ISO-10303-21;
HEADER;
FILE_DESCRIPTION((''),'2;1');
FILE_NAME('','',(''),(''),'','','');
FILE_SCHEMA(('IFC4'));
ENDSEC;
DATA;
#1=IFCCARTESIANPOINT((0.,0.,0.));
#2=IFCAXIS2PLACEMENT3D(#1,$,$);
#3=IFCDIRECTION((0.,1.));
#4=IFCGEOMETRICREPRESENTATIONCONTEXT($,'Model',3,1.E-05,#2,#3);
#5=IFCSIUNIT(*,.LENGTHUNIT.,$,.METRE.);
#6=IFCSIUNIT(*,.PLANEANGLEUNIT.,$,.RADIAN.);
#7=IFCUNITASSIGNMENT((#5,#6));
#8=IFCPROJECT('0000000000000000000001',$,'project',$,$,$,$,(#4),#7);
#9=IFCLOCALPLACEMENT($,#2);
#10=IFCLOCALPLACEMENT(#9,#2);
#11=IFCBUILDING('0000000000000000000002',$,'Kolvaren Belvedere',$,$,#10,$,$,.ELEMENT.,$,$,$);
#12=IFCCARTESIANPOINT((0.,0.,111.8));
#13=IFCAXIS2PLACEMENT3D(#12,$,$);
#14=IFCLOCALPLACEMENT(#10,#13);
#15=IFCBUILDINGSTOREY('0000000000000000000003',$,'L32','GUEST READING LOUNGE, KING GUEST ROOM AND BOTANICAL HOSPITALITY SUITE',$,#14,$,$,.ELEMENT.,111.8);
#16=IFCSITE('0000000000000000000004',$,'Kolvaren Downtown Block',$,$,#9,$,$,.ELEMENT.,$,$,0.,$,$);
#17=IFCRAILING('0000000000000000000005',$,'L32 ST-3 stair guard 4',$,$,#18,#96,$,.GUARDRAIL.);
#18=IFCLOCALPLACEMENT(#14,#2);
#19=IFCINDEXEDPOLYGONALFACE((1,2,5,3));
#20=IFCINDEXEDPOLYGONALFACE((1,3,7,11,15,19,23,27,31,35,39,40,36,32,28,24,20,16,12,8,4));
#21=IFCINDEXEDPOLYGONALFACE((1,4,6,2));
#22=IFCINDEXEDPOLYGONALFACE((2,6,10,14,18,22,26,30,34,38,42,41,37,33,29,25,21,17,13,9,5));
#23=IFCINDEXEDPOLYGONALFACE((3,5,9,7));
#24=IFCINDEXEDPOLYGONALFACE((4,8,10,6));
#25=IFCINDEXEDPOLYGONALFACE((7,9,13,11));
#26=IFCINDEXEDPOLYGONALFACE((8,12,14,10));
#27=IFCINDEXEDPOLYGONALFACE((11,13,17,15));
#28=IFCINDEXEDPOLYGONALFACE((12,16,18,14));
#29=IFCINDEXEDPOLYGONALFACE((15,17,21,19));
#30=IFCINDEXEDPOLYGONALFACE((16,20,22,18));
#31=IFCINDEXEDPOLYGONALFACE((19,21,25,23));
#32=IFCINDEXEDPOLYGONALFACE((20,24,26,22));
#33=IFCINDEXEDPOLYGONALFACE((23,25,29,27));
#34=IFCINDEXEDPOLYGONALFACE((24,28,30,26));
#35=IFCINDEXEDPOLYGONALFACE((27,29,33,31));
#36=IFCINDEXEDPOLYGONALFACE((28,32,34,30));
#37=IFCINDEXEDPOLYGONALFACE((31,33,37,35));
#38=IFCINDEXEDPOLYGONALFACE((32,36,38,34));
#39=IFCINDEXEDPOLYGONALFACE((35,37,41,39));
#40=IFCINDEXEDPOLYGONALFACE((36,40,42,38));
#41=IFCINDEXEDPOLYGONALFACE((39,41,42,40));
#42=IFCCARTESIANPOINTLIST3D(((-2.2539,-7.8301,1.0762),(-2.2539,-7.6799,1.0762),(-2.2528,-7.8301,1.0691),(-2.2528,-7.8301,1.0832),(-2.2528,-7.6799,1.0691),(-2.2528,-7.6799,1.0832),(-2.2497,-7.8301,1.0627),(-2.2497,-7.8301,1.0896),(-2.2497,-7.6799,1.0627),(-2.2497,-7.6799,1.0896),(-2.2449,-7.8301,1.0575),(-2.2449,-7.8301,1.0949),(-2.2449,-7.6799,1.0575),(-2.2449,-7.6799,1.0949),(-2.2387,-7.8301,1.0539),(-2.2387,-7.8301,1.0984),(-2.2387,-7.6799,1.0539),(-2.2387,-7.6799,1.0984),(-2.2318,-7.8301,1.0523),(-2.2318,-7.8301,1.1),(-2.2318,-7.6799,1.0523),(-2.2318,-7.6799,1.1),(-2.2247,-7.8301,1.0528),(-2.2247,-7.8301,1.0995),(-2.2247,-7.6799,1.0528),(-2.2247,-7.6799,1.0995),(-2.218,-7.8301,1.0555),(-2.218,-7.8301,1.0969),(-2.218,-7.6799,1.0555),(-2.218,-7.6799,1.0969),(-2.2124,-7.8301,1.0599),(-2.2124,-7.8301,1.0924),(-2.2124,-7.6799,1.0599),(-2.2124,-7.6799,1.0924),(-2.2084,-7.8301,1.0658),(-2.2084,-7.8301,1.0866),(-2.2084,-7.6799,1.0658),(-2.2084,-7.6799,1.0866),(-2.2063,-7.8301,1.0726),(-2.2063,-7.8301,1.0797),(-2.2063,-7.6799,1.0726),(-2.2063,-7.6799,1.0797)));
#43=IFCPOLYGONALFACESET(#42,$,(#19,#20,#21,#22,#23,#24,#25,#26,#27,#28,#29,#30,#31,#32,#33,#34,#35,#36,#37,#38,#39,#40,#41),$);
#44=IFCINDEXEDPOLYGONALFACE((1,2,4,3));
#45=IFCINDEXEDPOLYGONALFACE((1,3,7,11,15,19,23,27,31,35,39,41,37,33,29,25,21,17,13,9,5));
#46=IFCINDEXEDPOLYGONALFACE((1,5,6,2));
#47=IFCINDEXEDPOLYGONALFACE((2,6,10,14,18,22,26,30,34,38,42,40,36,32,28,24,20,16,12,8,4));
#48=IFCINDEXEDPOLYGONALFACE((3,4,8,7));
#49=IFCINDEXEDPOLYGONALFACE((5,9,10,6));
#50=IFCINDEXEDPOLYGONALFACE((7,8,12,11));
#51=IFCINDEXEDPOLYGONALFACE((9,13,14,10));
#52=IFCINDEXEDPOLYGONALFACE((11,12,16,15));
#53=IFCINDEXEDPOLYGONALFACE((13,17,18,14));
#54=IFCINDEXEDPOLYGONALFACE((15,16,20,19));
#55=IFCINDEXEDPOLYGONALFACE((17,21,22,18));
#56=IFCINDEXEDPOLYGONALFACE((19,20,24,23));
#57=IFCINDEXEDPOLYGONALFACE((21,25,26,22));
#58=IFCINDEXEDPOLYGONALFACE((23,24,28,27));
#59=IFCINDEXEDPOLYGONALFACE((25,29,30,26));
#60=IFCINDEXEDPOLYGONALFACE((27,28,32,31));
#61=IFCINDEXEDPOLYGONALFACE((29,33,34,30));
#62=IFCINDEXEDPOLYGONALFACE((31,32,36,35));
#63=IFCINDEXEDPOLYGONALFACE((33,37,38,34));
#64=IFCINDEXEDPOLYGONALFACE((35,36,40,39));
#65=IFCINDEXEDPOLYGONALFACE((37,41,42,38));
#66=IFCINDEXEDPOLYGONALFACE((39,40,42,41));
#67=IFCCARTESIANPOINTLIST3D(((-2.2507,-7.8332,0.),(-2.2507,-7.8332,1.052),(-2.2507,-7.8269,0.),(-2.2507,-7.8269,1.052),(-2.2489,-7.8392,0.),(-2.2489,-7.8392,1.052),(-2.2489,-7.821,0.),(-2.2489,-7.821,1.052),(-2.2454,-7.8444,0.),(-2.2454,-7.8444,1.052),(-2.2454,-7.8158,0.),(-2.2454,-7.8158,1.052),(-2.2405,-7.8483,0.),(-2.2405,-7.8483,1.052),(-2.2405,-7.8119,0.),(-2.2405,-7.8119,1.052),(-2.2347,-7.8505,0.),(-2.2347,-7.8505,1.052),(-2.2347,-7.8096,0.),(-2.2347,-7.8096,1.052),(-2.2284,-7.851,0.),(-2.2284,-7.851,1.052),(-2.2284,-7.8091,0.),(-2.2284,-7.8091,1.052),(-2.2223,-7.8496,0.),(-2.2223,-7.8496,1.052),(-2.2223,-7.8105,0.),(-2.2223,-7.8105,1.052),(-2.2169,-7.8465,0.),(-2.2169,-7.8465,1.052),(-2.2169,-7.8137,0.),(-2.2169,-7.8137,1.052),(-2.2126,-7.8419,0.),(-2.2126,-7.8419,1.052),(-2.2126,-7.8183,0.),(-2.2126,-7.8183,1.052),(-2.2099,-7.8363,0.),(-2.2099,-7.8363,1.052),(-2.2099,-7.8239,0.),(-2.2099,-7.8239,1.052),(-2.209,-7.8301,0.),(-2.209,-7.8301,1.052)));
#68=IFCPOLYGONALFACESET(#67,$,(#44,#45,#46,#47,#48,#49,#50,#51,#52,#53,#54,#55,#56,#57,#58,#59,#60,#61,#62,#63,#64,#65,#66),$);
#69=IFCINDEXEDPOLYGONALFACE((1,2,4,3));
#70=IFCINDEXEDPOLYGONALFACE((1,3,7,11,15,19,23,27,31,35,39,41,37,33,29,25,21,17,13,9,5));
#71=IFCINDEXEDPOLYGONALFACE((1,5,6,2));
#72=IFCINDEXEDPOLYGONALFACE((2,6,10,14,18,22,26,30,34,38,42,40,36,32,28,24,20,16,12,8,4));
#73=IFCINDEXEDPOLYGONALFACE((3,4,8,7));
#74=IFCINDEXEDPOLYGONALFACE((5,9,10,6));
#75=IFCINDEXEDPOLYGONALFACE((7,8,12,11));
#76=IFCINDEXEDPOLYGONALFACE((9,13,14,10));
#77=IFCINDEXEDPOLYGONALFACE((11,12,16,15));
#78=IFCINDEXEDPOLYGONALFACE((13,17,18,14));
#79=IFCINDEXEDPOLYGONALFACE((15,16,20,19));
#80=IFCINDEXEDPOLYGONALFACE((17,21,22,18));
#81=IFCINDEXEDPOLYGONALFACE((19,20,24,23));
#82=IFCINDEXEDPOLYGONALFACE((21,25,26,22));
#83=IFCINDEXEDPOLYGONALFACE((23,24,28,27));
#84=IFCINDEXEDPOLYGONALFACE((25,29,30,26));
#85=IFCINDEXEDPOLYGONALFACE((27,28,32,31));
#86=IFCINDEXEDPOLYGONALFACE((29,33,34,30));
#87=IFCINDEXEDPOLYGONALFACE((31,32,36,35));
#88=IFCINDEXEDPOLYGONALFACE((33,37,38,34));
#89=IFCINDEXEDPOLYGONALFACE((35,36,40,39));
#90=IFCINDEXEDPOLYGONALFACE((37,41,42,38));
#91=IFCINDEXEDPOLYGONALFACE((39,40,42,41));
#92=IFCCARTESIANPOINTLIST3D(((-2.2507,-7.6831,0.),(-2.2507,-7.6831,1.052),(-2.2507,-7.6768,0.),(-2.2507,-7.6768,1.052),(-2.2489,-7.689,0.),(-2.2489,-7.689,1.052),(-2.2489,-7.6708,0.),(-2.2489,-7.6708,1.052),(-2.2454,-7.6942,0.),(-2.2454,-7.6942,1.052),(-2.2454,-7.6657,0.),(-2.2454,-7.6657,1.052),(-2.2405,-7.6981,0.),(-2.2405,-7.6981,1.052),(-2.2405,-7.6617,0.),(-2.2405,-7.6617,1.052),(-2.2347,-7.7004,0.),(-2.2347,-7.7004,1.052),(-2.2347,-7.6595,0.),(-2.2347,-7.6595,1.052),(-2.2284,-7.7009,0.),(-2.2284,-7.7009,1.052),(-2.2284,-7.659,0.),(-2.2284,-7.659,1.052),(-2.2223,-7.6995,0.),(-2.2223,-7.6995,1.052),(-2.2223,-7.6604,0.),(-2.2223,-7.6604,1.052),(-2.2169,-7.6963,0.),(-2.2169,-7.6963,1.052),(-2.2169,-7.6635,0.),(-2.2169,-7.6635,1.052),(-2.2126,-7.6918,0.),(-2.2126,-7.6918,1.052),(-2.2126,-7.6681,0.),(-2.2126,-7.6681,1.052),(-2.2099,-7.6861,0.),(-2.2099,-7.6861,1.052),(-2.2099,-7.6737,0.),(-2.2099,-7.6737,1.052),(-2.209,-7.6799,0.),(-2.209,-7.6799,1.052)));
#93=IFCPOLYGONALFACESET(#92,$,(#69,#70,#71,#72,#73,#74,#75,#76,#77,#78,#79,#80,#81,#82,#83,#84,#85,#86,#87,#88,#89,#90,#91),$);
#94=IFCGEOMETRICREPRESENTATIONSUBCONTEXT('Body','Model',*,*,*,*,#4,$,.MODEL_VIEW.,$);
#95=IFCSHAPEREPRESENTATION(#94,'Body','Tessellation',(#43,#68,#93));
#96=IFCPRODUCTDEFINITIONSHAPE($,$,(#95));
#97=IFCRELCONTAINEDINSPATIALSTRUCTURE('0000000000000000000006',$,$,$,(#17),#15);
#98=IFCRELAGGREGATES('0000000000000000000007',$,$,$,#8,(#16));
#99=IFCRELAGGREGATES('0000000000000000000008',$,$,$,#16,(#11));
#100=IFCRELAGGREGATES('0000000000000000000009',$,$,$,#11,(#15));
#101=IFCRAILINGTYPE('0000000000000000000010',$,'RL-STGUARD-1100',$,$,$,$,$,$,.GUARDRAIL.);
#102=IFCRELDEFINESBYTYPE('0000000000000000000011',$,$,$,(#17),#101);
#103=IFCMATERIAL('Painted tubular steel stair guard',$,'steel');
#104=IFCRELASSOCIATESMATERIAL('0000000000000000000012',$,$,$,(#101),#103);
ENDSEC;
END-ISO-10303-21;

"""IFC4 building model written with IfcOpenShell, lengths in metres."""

from ifc_helpers import new_model, si_unit, direction, frame, origin, origin_2d, place, context, subcontext, project, spatial, circle, extrude, material, type_object, element, save


model = new_model("IFC4")

# Units and contexts
model_context = context("Model", 3, precision=1e-05, world=origin(), true_north=direction((0.0, 1.0)))
body_context = subcontext(model_context, "Body", "Model", "MODEL_VIEW")
ifc_project = project(units=[si_unit("LENGTHUNIT", "METRE"), si_unit("PLANEANGLEUNIT", "RADIAN")], contexts=[model_context])

# Site, building, storey
site_placement = place(None, origin())
site = spatial("IfcSite", under=ifc_project, at=site_placement, Name="Kolvaren Downtown Block", CompositionType="ELEMENT", RefElevation=0.0)
building_placement = place(site_placement, origin())
building = spatial("IfcBuilding", under=site, at=building_placement, Name="Kolvaren Belvedere", CompositionType="ELEMENT")
storey_placement = place(building_placement, frame((0.0, 0.0, 111.8)))
storey = spatial("IfcBuildingStorey", under=building, at=storey_placement, Name="L32", Description="GUEST READING LOUNGE, KING GUEST ROOM AND BOTANICAL HOSPITALITY SUITE", CompositionType="ELEMENT", Elevation=111.8)

# Railing
ifc_material_1 = material(Name="Painted tubular steel stair guard", Category="steel")
railing_type_1 = type_object("IfcRailingType", Name="RL-STGUARD-1100", PredefinedType="GUARDRAIL", material=ifc_material_1)
railing_1_placement = place(storey_placement, frame((-2.23, -7.8301, 0.0)))
element("IfcRailing", 1, at=railing_1_placement, inside=storey, type_object=railing_type_1, Name="L32 ST-3 stair guard 4", PredefinedType="GUARDRAIL", context=body_context, shape_type="SweptSolid", body=[
    extrude(circle(Radius=0.0239, at=origin_2d()), frame((0.0, 0.0, 1.0762), z_axis=(0.0, 1.0, 0.0), x_axis=(-1.0, 0.0, 0.0)), (0.0, 0.0, 1.0), 0.1501),
    extrude(circle(Radius=0.021, at=origin_2d()), origin(), (0.0, 0.0, 1.0), 1.052),
    extrude(circle(Radius=0.021, at=origin_2d()), frame((0.0, 0.1501, 0.0)), (0.0, 0.0, 1.0), 1.052),
])

save(model, "model.ifc")
